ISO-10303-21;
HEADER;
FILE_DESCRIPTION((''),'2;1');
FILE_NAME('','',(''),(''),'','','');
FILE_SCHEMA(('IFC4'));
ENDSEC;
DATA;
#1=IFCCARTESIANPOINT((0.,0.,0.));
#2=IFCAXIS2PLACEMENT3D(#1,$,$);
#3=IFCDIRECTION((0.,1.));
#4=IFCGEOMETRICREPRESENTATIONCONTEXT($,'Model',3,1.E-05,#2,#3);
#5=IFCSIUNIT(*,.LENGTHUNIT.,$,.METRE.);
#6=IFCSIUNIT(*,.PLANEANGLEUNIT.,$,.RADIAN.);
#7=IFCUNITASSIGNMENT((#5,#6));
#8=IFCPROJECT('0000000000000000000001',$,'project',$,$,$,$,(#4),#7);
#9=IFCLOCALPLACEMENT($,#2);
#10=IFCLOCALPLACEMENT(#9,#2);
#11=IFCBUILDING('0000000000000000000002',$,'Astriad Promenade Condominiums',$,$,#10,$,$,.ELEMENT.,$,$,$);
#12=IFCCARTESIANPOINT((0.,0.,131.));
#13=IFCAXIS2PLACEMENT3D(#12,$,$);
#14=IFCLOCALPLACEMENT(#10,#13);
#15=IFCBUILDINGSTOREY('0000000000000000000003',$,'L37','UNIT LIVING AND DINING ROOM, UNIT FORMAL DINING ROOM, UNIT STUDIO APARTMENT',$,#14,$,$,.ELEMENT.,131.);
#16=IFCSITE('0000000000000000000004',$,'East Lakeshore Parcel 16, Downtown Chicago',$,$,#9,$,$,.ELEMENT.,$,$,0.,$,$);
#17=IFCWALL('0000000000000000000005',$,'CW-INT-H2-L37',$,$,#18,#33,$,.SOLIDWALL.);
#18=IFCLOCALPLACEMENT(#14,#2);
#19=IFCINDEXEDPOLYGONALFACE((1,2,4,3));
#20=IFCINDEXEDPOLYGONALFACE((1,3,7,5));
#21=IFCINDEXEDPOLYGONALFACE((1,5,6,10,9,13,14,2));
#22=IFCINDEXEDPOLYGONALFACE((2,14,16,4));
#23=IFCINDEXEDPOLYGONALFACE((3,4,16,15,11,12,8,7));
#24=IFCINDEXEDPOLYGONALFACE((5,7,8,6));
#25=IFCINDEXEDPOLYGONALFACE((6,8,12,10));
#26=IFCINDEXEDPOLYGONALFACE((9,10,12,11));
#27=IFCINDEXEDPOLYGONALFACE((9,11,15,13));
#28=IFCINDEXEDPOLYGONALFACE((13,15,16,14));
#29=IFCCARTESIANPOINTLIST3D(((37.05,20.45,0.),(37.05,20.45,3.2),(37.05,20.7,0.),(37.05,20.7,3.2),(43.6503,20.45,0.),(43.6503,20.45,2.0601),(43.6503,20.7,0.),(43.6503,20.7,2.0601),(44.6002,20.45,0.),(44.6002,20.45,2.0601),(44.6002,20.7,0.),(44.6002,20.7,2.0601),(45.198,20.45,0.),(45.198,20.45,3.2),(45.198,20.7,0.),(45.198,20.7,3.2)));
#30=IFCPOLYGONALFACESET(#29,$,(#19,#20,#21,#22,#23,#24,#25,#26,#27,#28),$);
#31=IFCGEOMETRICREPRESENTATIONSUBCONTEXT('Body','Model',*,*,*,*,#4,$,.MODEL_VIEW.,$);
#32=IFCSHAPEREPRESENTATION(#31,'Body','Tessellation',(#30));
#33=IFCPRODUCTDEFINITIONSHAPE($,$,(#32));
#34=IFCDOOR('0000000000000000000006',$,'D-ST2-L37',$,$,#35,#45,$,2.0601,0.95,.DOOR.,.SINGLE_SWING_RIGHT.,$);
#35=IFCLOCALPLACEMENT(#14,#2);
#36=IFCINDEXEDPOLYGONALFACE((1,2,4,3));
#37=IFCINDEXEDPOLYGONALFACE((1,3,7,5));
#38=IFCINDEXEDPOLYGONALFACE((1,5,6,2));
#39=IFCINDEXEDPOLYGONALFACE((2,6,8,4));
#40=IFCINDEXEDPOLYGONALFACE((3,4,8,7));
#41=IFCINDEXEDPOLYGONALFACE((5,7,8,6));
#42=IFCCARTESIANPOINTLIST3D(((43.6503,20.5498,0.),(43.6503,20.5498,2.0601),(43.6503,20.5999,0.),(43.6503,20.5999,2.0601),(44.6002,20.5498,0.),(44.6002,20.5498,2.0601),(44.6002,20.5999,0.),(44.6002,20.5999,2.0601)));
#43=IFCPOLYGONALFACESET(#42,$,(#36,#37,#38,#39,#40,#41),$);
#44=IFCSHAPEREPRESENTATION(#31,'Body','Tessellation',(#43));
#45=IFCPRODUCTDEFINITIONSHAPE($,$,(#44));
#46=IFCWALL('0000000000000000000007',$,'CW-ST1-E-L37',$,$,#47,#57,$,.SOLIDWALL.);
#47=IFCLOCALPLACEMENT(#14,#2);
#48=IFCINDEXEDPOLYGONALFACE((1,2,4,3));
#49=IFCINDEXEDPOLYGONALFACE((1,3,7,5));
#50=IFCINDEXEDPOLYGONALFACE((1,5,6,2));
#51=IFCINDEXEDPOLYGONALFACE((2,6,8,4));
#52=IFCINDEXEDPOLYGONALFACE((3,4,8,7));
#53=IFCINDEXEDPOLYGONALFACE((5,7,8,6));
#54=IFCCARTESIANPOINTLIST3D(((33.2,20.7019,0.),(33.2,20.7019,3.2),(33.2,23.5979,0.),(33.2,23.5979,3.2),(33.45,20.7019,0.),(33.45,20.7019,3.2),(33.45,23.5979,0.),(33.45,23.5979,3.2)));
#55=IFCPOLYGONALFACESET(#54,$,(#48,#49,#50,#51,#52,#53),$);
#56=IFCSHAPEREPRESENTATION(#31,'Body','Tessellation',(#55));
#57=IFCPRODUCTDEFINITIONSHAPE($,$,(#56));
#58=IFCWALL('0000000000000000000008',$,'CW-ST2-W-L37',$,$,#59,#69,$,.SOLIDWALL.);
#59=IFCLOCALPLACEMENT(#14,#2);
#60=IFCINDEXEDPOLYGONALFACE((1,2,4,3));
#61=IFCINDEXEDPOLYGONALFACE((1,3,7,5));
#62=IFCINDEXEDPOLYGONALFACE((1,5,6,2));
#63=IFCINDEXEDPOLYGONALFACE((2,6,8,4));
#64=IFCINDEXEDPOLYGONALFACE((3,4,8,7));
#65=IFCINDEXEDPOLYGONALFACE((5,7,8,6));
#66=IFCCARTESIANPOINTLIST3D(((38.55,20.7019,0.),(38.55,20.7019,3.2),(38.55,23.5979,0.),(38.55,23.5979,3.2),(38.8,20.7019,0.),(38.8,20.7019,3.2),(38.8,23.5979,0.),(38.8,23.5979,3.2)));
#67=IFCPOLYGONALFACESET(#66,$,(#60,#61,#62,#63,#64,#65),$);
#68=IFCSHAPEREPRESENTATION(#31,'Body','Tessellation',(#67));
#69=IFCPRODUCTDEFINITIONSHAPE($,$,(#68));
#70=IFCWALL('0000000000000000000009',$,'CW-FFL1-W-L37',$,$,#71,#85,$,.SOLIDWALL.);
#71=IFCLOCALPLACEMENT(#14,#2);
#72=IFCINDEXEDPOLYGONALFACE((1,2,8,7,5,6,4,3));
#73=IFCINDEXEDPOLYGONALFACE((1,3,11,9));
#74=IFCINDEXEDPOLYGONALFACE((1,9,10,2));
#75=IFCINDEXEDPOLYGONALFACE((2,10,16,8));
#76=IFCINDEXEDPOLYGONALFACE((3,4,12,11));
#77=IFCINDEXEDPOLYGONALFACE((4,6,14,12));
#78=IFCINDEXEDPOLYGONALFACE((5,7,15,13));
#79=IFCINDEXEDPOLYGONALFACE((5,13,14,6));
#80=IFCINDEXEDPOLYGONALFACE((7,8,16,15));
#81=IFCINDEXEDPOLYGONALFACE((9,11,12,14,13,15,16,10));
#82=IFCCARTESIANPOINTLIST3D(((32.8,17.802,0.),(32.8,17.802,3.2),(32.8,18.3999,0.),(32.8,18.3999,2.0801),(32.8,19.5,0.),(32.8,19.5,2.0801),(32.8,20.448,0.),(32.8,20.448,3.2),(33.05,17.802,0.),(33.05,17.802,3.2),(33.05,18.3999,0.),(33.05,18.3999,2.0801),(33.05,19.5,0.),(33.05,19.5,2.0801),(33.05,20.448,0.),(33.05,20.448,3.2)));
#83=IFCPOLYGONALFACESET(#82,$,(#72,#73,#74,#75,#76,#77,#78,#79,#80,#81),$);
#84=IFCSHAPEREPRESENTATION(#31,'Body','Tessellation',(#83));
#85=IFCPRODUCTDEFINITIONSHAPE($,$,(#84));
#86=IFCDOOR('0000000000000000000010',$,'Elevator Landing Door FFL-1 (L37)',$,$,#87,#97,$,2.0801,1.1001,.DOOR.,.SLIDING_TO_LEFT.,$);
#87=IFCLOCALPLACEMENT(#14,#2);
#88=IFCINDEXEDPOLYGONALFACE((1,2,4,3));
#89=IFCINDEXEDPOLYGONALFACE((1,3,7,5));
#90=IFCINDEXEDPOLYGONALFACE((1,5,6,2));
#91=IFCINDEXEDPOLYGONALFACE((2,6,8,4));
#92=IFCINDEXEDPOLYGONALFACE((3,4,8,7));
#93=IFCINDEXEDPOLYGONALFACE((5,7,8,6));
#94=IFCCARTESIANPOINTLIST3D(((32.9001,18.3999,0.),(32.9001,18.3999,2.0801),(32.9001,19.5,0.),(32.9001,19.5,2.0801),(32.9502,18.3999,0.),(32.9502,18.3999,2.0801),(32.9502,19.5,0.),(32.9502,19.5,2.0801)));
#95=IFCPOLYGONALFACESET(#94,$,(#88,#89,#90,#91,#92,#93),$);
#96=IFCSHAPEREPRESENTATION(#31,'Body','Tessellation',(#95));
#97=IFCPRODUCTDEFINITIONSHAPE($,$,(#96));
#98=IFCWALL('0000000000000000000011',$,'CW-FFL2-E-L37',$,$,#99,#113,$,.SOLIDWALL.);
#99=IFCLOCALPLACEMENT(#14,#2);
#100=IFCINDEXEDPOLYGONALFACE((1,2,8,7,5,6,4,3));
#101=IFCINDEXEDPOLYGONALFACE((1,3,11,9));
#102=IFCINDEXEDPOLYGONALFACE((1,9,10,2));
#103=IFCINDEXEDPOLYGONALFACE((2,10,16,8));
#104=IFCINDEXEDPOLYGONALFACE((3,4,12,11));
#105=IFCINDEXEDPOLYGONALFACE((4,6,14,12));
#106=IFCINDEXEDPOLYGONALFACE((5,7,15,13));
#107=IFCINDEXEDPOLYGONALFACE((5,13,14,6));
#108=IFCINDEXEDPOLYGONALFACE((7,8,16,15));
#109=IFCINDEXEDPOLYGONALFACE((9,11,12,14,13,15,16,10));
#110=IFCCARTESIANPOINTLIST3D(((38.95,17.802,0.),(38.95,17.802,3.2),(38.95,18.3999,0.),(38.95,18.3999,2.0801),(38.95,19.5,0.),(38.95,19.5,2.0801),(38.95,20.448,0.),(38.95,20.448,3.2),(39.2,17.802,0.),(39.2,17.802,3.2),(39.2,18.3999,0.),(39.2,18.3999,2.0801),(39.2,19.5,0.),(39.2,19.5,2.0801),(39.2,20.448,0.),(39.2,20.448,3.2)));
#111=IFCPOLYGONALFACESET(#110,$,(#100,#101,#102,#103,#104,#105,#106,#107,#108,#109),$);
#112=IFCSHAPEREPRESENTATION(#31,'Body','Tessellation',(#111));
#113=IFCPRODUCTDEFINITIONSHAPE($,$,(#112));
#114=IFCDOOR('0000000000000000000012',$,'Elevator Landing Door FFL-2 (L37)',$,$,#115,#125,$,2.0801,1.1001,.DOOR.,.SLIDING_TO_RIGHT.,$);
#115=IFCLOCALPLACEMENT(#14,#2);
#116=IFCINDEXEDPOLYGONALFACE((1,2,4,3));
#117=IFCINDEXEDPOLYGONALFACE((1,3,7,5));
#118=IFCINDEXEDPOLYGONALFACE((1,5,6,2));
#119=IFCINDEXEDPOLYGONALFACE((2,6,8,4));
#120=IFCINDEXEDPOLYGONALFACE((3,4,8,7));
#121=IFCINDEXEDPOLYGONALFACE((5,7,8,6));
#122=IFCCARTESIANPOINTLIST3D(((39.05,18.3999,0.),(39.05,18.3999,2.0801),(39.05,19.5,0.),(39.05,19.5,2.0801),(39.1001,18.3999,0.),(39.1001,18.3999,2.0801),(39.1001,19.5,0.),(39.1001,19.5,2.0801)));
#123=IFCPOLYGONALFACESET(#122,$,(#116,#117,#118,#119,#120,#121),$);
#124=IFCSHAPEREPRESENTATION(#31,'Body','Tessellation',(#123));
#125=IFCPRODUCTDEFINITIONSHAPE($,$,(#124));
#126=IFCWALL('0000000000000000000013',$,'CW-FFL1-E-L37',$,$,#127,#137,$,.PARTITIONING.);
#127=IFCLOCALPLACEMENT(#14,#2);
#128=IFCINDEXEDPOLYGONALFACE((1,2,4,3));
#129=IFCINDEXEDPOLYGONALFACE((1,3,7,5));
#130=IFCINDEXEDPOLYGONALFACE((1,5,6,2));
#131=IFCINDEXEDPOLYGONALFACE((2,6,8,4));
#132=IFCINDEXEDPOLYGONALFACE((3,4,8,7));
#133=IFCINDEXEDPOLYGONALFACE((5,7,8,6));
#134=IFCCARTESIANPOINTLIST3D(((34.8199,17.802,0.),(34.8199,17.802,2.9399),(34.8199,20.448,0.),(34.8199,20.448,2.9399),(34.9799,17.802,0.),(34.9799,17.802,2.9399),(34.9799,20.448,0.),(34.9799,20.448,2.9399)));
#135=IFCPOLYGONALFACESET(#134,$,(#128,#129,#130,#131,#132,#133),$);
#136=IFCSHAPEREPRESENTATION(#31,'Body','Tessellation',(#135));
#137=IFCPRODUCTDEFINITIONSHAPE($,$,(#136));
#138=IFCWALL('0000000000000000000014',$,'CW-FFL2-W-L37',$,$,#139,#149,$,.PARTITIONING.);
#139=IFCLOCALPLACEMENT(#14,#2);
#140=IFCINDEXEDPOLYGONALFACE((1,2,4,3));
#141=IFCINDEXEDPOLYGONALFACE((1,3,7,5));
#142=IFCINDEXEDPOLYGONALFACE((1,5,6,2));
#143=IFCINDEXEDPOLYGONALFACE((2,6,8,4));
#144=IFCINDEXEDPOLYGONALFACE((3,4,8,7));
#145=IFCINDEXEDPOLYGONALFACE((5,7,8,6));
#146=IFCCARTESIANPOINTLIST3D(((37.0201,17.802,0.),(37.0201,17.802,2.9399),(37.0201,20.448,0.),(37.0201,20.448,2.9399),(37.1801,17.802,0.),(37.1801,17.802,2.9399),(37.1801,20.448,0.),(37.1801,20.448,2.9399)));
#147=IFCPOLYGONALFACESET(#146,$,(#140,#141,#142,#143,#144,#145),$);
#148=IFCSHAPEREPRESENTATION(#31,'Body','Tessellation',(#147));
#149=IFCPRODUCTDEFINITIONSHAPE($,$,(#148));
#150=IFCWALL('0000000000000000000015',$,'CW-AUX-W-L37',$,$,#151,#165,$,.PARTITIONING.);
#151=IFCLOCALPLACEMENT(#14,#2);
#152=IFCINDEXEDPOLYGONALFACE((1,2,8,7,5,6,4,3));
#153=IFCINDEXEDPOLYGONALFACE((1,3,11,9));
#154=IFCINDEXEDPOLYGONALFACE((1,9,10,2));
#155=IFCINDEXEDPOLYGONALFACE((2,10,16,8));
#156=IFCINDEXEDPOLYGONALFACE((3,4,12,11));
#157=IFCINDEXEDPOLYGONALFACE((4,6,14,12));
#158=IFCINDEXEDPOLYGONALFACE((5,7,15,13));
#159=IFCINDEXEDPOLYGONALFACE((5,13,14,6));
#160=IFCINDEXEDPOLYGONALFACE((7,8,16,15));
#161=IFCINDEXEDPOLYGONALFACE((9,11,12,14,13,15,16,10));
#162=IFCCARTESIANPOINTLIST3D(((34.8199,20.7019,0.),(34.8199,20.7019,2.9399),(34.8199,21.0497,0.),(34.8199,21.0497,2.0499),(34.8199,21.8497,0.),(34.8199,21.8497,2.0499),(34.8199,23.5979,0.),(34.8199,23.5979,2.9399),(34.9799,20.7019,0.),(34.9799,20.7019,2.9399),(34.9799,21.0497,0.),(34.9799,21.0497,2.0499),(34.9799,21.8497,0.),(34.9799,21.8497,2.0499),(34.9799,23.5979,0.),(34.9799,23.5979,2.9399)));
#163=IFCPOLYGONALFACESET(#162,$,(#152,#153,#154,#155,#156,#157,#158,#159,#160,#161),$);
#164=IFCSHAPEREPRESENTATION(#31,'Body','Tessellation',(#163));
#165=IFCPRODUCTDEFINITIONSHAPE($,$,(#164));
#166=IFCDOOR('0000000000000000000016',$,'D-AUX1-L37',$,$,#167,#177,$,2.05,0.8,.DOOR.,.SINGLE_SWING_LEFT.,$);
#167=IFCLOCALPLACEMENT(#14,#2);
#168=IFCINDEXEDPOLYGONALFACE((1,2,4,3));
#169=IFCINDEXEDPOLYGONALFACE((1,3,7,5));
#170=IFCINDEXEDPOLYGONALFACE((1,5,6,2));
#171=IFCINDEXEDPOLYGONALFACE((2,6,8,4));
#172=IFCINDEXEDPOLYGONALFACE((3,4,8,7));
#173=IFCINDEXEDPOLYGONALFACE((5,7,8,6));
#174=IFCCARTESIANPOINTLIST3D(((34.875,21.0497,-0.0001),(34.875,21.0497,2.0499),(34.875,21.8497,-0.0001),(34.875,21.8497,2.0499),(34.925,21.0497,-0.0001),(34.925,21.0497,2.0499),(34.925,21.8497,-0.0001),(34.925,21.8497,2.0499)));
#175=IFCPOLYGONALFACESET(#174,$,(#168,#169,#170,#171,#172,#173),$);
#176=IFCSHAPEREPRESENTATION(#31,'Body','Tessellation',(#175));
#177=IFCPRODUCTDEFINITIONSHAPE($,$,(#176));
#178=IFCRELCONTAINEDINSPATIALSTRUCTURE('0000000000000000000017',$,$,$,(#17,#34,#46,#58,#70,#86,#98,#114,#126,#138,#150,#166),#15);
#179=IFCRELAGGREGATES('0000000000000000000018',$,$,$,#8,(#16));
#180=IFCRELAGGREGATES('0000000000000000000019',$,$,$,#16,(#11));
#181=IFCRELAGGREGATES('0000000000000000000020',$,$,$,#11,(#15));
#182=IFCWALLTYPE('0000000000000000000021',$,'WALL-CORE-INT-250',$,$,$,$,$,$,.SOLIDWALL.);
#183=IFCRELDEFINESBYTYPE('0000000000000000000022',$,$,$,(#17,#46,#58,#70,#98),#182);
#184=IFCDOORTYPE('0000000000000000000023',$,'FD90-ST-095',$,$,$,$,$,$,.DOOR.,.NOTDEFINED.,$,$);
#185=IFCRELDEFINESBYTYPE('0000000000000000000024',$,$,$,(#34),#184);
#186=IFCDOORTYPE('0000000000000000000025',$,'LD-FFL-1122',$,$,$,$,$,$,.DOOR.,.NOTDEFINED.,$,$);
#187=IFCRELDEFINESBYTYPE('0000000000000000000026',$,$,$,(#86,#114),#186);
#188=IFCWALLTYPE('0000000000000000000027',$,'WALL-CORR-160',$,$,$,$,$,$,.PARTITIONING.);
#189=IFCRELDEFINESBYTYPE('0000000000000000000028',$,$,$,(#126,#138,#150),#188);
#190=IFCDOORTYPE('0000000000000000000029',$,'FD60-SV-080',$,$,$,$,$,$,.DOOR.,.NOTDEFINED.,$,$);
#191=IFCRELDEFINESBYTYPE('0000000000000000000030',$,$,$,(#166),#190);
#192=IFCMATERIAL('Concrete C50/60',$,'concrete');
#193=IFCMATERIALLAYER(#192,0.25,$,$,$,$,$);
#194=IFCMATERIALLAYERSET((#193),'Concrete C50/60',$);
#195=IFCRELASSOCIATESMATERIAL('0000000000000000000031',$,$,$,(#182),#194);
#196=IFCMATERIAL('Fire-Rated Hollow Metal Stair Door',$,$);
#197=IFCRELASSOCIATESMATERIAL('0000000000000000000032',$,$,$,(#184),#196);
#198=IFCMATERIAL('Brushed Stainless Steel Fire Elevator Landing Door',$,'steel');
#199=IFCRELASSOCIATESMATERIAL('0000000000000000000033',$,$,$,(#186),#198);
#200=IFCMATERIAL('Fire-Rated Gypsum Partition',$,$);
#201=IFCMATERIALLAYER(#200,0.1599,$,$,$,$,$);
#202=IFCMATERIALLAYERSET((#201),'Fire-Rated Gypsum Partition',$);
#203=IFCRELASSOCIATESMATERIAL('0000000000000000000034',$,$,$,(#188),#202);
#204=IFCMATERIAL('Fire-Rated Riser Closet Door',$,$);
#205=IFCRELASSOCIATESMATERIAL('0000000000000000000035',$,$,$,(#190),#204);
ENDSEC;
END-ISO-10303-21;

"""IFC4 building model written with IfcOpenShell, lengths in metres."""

from ifc_helpers import new_model, si_unit, direction, frame, frame_2d, origin, place, context, subcontext, project, spatial, rectangle, extrude, source, transform, mapped, material, layer, layer_set, type_object, type_shapes, element, fill, save


model = new_model("IFC4")

# Units and contexts
model_context = context("Model", 3, precision=1e-05, world=origin(), true_north=direction((0.0, 1.0)))
body_context = subcontext(model_context, "Body", "Model", "MODEL_VIEW")
ifc_project = project(units=[si_unit("LENGTHUNIT", "METRE"), si_unit("PLANEANGLEUNIT", "RADIAN")], contexts=[model_context])

# Site, building, storey
site_placement = place(None, origin())
site = spatial("IfcSite", under=ifc_project, at=site_placement, Name="East Lakeshore Parcel 16, Downtown Chicago", CompositionType="ELEMENT", RefElevation=0.0)
building_placement = place(site_placement, origin())
building = spatial("IfcBuilding", under=site, at=building_placement, Name="Astriad Promenade Condominiums", CompositionType="ELEMENT")
storey_placement = place(building_placement, frame((0.0, 0.0, 131.0)))
storey = spatial("IfcBuildingStorey", under=building, at=storey_placement, Name="L37", Description="UNIT LIVING AND DINING ROOM, UNIT FORMAL DINING ROOM, UNIT STUDIO APARTMENT", CompositionType="ELEMENT", Elevation=131.0)

# Wall, opening, door
ifc_material_1 = material(Name="Concrete C50/60", Category="concrete")
ifc_layer_1 = layer(ifc_material_1, 0.25)
ifc_layer_set_1 = layer_set([ifc_layer_1], Name="Concrete C50/60")
wall_type_1 = type_object("IfcWallType", Name="WALL-CORE-INT-250", PredefinedType="SOLIDWALL", material=ifc_layer_set_1)
wall_1_placement = place(storey_placement, frame((37.05, 20.575, 0.0), z_axis=(0.0, 0.0, 1.0), x_axis=(1.0, 0.0, 0.0)))
wall_1 = element("IfcWall", 1, at=wall_1_placement, inside=storey, type_object=wall_type_1, Name="CW-INT-H2-L37", PredefinedType="SOLIDWALL", context=body_context, shape_type="SweptSolid", body=[
    extrude(rectangle(XDim=8.1479, YDim=0.25, at=frame_2d((4.074, 0.0))), origin(), (0.0, 0.0, 1.0), 3.2),
])
opening_1_placement = place(wall_1_placement, frame((6.6001, 0.0, 0.0)))
opening_1 = element("IfcOpeningElement", 2, at=opening_1_placement, cuts=wall_1, PredefinedType="OPENING", context=body_context, shape_type="SweptSolid", body=[
    extrude(rectangle(XDim=0.95, YDim=2.0601, at=frame_2d((0.4751, 1.03))), frame((0.0, 0.135, 0.0), z_axis=(0.0, -1.0, 0.0), x_axis=(1.0, 0.0, 0.0)), (0.0, 0.0, 1.0), 0.27),
])
ifc_material_2 = material(Name="Fire-Rated Hollow Metal Stair Door")
door_type_1 = type_object("IfcDoorType", Name="FD90-ST-095", OperationType="NOTDEFINED", PredefinedType="DOOR", material=ifc_material_2)
shared_shape_1 = source(origin(), body_context, "Body", "SweptSolid", [
    extrude(rectangle(XDim=0.95, YDim=2.0601, at=frame_2d((0.4751, 1.03))), frame((0.0, 0.0249, 0.0), z_axis=(0.0, -1.0, 0.0), x_axis=(1.0, 0.0, 0.0)), (0.0, 0.0, 1.0), 0.05),
])
type_shapes(door_type_1, [shared_shape_1])
door_1_placement = place(opening_1_placement, origin())
door_1 = element("IfcDoor", 3, at=door_1_placement, inside=storey, type_object=door_type_1, Name="D-ST2-L37", OperationType="SINGLE_SWING_RIGHT", OverallHeight=2.0601, OverallWidth=0.95, PredefinedType="DOOR", context=body_context, shape_type="MappedRepresentation", body=[
    mapped(shared_shape_1, transform((0.0, 0.0, 0.0), scale=1.0)),
])
fill(opening_1, door_1)

# Walls
for number, where, z_axis, x_axis, name in (
    (4, (33.325, 20.7019, 0.0), (0.0, 0.0, 1.0), (0.0, 1.0, 0.0), "CW-ST1-E-L37"),
    (5, (38.675, 20.7019, 0.0), (0.0, 0.0, 1.0), (0.0, 1.0, 0.0), "CW-ST2-W-L37"),
):
    element("IfcWall", number, at=place(storey_placement, frame(where, z_axis=z_axis, x_axis=x_axis)), inside=storey, type_object=wall_type_1, Name=name, PredefinedType="SOLIDWALL", context=body_context, shape_type="SweptSolid", body=[
        extrude(rectangle(XDim=2.896, YDim=0.25, at=frame_2d((1.448, 0.0))), origin(), (0.0, 0.0, 1.0), 3.2),
    ])

# Walls, openings, doors
wall_2_placement = place(storey_placement, frame((32.925, 17.802, 0.0), z_axis=(0.0, 0.0, 1.0), x_axis=(0.0, 1.0, 0.0)))
wall_2 = element("IfcWall", 6, at=wall_2_placement, inside=storey, type_object=wall_type_1, Name="CW-FFL1-W-L37", PredefinedType="SOLIDWALL", context=body_context, shape_type="SweptSolid", body=[
    extrude(rectangle(XDim=2.646, YDim=0.25, at=frame_2d((1.323, 0.0))), origin(), (0.0, 0.0, 1.0), 3.2),
])
opening_2_placement = place(wall_2_placement, frame((0.5979, 0.0, 0.0)))
opening_2 = element("IfcOpeningElement", 7, at=opening_2_placement, cuts=wall_2, PredefinedType="OPENING", context=body_context, shape_type="SweptSolid", body=[
    extrude(rectangle(XDim=1.1001, YDim=2.0801, at=frame_2d((0.55, 1.04))), frame((0.0, 0.135, 0.0), z_axis=(0.0, -1.0, 0.0), x_axis=(1.0, 0.0, 0.0)), (0.0, 0.0, 1.0), 0.27),
])
ifc_material_3 = material(Name="Brushed Stainless Steel Fire Elevator Landing Door", Category="steel")
door_type_2 = type_object("IfcDoorType", Name="LD-FFL-1122", OperationType="NOTDEFINED", PredefinedType="DOOR", material=ifc_material_3)
shared_shape_2 = source(origin(), body_context, "Body", "SweptSolid", [
    extrude(rectangle(XDim=1.1001, YDim=2.0801, at=frame_2d((0.55, 1.04))), frame((0.0, 0.0249, 0.0), z_axis=(0.0, -1.0, 0.0), x_axis=(1.0, 0.0, 0.0)), (0.0, 0.0, 1.0), 0.05),
])
type_shapes(door_type_2, [shared_shape_2])
door_2_placement = place(opening_2_placement, origin())
door_2 = element("IfcDoor", 8, at=door_2_placement, inside=storey, type_object=door_type_2, Name="Elevator Landing Door FFL-1 (L37)", OperationType="SLIDING_TO_LEFT", OverallHeight=2.0801, OverallWidth=1.1001, PredefinedType="DOOR", context=body_context, shape_type="MappedRepresentation", body=[
    mapped(shared_shape_2, transform((0.0, 0.0, 0.0), scale=1.0)),
])
fill(opening_2, door_2)
wall_3_placement = place(storey_placement, frame((39.075, 17.802, 0.0), z_axis=(0.0, 0.0, 1.0), x_axis=(0.0, 1.0, 0.0)))
wall_3 = element("IfcWall", 9, at=wall_3_placement, inside=storey, type_object=wall_type_1, Name="CW-FFL2-E-L37", PredefinedType="SOLIDWALL", context=body_context, shape_type="SweptSolid", body=[
    extrude(rectangle(XDim=2.646, YDim=0.25, at=frame_2d((1.323, 0.0))), origin(), (0.0, 0.0, 1.0), 3.2),
])
opening_3_placement = place(wall_3_placement, frame((0.5979, 0.0, 0.0)))
opening_3 = element("IfcOpeningElement", 10, at=opening_3_placement, cuts=wall_3, PredefinedType="OPENING", context=body_context, shape_type="SweptSolid", body=[
    extrude(rectangle(XDim=1.1001, YDim=2.0801, at=frame_2d((0.55, 1.04))), frame((0.0, 0.135, 0.0), z_axis=(0.0, -1.0, 0.0), x_axis=(1.0, 0.0, 0.0)), (0.0, 0.0, 1.0), 0.27),
])
door_3_placement = place(opening_3_placement, origin())
door_3 = element("IfcDoor", 11, at=door_3_placement, inside=storey, type_object=door_type_2, Name="Elevator Landing Door FFL-2 (L37)", OperationType="SLIDING_TO_RIGHT", OverallHeight=2.0801, OverallWidth=1.1001, PredefinedType="DOOR", context=body_context, shape_type="MappedRepresentation", body=[
    mapped(shared_shape_2, transform((0.0, 0.0, 0.0), scale=1.0)),
])
fill(opening_3, door_3)

# Walls
ifc_material_4 = material(Name="Fire-Rated Gypsum Partition")
ifc_layer_2 = layer(ifc_material_4, 0.1599)
ifc_layer_set_2 = layer_set([ifc_layer_2], Name="Fire-Rated Gypsum Partition")
wall_type_2 = type_object("IfcWallType", Name="WALL-CORR-160", PredefinedType="PARTITIONING", material=ifc_layer_set_2)
for number, where, z_axis, x_axis, name in (
    (12, (34.8999, 17.802, 0.0), (0.0, 0.0, 1.0), (0.0, 1.0, 0.0), "CW-FFL1-E-L37"),
    (13, (37.1001, 17.802, 0.0), (0.0, 0.0, 1.0), (0.0, 1.0, 0.0), "CW-FFL2-W-L37"),
):
    element("IfcWall", number, at=place(storey_placement, frame(where, z_axis=z_axis, x_axis=x_axis)), inside=storey, type_object=wall_type_2, Name=name, PredefinedType="PARTITIONING", context=body_context, shape_type="SweptSolid", body=[
        extrude(rectangle(XDim=2.646, YDim=0.1599, at=frame_2d((1.323, 0.0))), origin(), (0.0, 0.0, 1.0), 2.9399),
    ])

# Wall, opening, door
wall_4_placement = place(storey_placement, frame((34.8999, 20.7019, 0.0), z_axis=(0.0, 0.0, 1.0), x_axis=(0.0, 1.0, 0.0)))
wall_4 = element("IfcWall", 14, at=wall_4_placement, inside=storey, type_object=wall_type_2, Name="CW-AUX-W-L37", PredefinedType="PARTITIONING", context=body_context, shape_type="SweptSolid", body=[
    extrude(rectangle(XDim=2.896, YDim=0.1599, at=frame_2d((1.448, 0.0))), origin(), (0.0, 0.0, 1.0), 2.9399),
])
opening_4_placement = place(wall_4_placement, frame((0.3479, 0.0, 0.0)))
opening_4 = element("IfcOpeningElement", 15, at=opening_4_placement, cuts=wall_4, PredefinedType="OPENING", context=body_context, shape_type="SweptSolid", body=[
    extrude(rectangle(XDim=0.8, YDim=2.05, at=frame_2d((0.3999, 1.0249))), frame((0.0, 0.0898, 0.0), z_axis=(0.0, -1.0, 0.0), x_axis=(1.0, 0.0, 0.0)), (0.0, 0.0, 1.0), 0.1799),
])
ifc_material_5 = material(Name="Fire-Rated Riser Closet Door")
door_type_3 = type_object("IfcDoorType", Name="FD60-SV-080", OperationType="NOTDEFINED", PredefinedType="DOOR", material=ifc_material_5)
shared_shape_3 = source(origin(), body_context, "Body", "SweptSolid", [
    extrude(rectangle(XDim=0.8, YDim=2.05, at=frame_2d((0.3999, 1.0249))), frame((0.0, 0.0249, 0.0), z_axis=(0.0, -1.0, 0.0), x_axis=(1.0, 0.0, 0.0)), (0.0, 0.0, 1.0), 0.05),
])
type_shapes(door_type_3, [shared_shape_3])
door_4_placement = place(opening_4_placement, origin())
door_4 = element("IfcDoor", 16, at=door_4_placement, inside=storey, type_object=door_type_3, Name="D-AUX1-L37", OperationType="SINGLE_SWING_LEFT", OverallHeight=2.05, OverallWidth=0.8, PredefinedType="DOOR", context=body_context, shape_type="MappedRepresentation", body=[
    mapped(shared_shape_3, transform((0.0, 0.0, 0.0), scale=1.0)),
])
fill(opening_4, door_4)

save(model, "model.ifc")
